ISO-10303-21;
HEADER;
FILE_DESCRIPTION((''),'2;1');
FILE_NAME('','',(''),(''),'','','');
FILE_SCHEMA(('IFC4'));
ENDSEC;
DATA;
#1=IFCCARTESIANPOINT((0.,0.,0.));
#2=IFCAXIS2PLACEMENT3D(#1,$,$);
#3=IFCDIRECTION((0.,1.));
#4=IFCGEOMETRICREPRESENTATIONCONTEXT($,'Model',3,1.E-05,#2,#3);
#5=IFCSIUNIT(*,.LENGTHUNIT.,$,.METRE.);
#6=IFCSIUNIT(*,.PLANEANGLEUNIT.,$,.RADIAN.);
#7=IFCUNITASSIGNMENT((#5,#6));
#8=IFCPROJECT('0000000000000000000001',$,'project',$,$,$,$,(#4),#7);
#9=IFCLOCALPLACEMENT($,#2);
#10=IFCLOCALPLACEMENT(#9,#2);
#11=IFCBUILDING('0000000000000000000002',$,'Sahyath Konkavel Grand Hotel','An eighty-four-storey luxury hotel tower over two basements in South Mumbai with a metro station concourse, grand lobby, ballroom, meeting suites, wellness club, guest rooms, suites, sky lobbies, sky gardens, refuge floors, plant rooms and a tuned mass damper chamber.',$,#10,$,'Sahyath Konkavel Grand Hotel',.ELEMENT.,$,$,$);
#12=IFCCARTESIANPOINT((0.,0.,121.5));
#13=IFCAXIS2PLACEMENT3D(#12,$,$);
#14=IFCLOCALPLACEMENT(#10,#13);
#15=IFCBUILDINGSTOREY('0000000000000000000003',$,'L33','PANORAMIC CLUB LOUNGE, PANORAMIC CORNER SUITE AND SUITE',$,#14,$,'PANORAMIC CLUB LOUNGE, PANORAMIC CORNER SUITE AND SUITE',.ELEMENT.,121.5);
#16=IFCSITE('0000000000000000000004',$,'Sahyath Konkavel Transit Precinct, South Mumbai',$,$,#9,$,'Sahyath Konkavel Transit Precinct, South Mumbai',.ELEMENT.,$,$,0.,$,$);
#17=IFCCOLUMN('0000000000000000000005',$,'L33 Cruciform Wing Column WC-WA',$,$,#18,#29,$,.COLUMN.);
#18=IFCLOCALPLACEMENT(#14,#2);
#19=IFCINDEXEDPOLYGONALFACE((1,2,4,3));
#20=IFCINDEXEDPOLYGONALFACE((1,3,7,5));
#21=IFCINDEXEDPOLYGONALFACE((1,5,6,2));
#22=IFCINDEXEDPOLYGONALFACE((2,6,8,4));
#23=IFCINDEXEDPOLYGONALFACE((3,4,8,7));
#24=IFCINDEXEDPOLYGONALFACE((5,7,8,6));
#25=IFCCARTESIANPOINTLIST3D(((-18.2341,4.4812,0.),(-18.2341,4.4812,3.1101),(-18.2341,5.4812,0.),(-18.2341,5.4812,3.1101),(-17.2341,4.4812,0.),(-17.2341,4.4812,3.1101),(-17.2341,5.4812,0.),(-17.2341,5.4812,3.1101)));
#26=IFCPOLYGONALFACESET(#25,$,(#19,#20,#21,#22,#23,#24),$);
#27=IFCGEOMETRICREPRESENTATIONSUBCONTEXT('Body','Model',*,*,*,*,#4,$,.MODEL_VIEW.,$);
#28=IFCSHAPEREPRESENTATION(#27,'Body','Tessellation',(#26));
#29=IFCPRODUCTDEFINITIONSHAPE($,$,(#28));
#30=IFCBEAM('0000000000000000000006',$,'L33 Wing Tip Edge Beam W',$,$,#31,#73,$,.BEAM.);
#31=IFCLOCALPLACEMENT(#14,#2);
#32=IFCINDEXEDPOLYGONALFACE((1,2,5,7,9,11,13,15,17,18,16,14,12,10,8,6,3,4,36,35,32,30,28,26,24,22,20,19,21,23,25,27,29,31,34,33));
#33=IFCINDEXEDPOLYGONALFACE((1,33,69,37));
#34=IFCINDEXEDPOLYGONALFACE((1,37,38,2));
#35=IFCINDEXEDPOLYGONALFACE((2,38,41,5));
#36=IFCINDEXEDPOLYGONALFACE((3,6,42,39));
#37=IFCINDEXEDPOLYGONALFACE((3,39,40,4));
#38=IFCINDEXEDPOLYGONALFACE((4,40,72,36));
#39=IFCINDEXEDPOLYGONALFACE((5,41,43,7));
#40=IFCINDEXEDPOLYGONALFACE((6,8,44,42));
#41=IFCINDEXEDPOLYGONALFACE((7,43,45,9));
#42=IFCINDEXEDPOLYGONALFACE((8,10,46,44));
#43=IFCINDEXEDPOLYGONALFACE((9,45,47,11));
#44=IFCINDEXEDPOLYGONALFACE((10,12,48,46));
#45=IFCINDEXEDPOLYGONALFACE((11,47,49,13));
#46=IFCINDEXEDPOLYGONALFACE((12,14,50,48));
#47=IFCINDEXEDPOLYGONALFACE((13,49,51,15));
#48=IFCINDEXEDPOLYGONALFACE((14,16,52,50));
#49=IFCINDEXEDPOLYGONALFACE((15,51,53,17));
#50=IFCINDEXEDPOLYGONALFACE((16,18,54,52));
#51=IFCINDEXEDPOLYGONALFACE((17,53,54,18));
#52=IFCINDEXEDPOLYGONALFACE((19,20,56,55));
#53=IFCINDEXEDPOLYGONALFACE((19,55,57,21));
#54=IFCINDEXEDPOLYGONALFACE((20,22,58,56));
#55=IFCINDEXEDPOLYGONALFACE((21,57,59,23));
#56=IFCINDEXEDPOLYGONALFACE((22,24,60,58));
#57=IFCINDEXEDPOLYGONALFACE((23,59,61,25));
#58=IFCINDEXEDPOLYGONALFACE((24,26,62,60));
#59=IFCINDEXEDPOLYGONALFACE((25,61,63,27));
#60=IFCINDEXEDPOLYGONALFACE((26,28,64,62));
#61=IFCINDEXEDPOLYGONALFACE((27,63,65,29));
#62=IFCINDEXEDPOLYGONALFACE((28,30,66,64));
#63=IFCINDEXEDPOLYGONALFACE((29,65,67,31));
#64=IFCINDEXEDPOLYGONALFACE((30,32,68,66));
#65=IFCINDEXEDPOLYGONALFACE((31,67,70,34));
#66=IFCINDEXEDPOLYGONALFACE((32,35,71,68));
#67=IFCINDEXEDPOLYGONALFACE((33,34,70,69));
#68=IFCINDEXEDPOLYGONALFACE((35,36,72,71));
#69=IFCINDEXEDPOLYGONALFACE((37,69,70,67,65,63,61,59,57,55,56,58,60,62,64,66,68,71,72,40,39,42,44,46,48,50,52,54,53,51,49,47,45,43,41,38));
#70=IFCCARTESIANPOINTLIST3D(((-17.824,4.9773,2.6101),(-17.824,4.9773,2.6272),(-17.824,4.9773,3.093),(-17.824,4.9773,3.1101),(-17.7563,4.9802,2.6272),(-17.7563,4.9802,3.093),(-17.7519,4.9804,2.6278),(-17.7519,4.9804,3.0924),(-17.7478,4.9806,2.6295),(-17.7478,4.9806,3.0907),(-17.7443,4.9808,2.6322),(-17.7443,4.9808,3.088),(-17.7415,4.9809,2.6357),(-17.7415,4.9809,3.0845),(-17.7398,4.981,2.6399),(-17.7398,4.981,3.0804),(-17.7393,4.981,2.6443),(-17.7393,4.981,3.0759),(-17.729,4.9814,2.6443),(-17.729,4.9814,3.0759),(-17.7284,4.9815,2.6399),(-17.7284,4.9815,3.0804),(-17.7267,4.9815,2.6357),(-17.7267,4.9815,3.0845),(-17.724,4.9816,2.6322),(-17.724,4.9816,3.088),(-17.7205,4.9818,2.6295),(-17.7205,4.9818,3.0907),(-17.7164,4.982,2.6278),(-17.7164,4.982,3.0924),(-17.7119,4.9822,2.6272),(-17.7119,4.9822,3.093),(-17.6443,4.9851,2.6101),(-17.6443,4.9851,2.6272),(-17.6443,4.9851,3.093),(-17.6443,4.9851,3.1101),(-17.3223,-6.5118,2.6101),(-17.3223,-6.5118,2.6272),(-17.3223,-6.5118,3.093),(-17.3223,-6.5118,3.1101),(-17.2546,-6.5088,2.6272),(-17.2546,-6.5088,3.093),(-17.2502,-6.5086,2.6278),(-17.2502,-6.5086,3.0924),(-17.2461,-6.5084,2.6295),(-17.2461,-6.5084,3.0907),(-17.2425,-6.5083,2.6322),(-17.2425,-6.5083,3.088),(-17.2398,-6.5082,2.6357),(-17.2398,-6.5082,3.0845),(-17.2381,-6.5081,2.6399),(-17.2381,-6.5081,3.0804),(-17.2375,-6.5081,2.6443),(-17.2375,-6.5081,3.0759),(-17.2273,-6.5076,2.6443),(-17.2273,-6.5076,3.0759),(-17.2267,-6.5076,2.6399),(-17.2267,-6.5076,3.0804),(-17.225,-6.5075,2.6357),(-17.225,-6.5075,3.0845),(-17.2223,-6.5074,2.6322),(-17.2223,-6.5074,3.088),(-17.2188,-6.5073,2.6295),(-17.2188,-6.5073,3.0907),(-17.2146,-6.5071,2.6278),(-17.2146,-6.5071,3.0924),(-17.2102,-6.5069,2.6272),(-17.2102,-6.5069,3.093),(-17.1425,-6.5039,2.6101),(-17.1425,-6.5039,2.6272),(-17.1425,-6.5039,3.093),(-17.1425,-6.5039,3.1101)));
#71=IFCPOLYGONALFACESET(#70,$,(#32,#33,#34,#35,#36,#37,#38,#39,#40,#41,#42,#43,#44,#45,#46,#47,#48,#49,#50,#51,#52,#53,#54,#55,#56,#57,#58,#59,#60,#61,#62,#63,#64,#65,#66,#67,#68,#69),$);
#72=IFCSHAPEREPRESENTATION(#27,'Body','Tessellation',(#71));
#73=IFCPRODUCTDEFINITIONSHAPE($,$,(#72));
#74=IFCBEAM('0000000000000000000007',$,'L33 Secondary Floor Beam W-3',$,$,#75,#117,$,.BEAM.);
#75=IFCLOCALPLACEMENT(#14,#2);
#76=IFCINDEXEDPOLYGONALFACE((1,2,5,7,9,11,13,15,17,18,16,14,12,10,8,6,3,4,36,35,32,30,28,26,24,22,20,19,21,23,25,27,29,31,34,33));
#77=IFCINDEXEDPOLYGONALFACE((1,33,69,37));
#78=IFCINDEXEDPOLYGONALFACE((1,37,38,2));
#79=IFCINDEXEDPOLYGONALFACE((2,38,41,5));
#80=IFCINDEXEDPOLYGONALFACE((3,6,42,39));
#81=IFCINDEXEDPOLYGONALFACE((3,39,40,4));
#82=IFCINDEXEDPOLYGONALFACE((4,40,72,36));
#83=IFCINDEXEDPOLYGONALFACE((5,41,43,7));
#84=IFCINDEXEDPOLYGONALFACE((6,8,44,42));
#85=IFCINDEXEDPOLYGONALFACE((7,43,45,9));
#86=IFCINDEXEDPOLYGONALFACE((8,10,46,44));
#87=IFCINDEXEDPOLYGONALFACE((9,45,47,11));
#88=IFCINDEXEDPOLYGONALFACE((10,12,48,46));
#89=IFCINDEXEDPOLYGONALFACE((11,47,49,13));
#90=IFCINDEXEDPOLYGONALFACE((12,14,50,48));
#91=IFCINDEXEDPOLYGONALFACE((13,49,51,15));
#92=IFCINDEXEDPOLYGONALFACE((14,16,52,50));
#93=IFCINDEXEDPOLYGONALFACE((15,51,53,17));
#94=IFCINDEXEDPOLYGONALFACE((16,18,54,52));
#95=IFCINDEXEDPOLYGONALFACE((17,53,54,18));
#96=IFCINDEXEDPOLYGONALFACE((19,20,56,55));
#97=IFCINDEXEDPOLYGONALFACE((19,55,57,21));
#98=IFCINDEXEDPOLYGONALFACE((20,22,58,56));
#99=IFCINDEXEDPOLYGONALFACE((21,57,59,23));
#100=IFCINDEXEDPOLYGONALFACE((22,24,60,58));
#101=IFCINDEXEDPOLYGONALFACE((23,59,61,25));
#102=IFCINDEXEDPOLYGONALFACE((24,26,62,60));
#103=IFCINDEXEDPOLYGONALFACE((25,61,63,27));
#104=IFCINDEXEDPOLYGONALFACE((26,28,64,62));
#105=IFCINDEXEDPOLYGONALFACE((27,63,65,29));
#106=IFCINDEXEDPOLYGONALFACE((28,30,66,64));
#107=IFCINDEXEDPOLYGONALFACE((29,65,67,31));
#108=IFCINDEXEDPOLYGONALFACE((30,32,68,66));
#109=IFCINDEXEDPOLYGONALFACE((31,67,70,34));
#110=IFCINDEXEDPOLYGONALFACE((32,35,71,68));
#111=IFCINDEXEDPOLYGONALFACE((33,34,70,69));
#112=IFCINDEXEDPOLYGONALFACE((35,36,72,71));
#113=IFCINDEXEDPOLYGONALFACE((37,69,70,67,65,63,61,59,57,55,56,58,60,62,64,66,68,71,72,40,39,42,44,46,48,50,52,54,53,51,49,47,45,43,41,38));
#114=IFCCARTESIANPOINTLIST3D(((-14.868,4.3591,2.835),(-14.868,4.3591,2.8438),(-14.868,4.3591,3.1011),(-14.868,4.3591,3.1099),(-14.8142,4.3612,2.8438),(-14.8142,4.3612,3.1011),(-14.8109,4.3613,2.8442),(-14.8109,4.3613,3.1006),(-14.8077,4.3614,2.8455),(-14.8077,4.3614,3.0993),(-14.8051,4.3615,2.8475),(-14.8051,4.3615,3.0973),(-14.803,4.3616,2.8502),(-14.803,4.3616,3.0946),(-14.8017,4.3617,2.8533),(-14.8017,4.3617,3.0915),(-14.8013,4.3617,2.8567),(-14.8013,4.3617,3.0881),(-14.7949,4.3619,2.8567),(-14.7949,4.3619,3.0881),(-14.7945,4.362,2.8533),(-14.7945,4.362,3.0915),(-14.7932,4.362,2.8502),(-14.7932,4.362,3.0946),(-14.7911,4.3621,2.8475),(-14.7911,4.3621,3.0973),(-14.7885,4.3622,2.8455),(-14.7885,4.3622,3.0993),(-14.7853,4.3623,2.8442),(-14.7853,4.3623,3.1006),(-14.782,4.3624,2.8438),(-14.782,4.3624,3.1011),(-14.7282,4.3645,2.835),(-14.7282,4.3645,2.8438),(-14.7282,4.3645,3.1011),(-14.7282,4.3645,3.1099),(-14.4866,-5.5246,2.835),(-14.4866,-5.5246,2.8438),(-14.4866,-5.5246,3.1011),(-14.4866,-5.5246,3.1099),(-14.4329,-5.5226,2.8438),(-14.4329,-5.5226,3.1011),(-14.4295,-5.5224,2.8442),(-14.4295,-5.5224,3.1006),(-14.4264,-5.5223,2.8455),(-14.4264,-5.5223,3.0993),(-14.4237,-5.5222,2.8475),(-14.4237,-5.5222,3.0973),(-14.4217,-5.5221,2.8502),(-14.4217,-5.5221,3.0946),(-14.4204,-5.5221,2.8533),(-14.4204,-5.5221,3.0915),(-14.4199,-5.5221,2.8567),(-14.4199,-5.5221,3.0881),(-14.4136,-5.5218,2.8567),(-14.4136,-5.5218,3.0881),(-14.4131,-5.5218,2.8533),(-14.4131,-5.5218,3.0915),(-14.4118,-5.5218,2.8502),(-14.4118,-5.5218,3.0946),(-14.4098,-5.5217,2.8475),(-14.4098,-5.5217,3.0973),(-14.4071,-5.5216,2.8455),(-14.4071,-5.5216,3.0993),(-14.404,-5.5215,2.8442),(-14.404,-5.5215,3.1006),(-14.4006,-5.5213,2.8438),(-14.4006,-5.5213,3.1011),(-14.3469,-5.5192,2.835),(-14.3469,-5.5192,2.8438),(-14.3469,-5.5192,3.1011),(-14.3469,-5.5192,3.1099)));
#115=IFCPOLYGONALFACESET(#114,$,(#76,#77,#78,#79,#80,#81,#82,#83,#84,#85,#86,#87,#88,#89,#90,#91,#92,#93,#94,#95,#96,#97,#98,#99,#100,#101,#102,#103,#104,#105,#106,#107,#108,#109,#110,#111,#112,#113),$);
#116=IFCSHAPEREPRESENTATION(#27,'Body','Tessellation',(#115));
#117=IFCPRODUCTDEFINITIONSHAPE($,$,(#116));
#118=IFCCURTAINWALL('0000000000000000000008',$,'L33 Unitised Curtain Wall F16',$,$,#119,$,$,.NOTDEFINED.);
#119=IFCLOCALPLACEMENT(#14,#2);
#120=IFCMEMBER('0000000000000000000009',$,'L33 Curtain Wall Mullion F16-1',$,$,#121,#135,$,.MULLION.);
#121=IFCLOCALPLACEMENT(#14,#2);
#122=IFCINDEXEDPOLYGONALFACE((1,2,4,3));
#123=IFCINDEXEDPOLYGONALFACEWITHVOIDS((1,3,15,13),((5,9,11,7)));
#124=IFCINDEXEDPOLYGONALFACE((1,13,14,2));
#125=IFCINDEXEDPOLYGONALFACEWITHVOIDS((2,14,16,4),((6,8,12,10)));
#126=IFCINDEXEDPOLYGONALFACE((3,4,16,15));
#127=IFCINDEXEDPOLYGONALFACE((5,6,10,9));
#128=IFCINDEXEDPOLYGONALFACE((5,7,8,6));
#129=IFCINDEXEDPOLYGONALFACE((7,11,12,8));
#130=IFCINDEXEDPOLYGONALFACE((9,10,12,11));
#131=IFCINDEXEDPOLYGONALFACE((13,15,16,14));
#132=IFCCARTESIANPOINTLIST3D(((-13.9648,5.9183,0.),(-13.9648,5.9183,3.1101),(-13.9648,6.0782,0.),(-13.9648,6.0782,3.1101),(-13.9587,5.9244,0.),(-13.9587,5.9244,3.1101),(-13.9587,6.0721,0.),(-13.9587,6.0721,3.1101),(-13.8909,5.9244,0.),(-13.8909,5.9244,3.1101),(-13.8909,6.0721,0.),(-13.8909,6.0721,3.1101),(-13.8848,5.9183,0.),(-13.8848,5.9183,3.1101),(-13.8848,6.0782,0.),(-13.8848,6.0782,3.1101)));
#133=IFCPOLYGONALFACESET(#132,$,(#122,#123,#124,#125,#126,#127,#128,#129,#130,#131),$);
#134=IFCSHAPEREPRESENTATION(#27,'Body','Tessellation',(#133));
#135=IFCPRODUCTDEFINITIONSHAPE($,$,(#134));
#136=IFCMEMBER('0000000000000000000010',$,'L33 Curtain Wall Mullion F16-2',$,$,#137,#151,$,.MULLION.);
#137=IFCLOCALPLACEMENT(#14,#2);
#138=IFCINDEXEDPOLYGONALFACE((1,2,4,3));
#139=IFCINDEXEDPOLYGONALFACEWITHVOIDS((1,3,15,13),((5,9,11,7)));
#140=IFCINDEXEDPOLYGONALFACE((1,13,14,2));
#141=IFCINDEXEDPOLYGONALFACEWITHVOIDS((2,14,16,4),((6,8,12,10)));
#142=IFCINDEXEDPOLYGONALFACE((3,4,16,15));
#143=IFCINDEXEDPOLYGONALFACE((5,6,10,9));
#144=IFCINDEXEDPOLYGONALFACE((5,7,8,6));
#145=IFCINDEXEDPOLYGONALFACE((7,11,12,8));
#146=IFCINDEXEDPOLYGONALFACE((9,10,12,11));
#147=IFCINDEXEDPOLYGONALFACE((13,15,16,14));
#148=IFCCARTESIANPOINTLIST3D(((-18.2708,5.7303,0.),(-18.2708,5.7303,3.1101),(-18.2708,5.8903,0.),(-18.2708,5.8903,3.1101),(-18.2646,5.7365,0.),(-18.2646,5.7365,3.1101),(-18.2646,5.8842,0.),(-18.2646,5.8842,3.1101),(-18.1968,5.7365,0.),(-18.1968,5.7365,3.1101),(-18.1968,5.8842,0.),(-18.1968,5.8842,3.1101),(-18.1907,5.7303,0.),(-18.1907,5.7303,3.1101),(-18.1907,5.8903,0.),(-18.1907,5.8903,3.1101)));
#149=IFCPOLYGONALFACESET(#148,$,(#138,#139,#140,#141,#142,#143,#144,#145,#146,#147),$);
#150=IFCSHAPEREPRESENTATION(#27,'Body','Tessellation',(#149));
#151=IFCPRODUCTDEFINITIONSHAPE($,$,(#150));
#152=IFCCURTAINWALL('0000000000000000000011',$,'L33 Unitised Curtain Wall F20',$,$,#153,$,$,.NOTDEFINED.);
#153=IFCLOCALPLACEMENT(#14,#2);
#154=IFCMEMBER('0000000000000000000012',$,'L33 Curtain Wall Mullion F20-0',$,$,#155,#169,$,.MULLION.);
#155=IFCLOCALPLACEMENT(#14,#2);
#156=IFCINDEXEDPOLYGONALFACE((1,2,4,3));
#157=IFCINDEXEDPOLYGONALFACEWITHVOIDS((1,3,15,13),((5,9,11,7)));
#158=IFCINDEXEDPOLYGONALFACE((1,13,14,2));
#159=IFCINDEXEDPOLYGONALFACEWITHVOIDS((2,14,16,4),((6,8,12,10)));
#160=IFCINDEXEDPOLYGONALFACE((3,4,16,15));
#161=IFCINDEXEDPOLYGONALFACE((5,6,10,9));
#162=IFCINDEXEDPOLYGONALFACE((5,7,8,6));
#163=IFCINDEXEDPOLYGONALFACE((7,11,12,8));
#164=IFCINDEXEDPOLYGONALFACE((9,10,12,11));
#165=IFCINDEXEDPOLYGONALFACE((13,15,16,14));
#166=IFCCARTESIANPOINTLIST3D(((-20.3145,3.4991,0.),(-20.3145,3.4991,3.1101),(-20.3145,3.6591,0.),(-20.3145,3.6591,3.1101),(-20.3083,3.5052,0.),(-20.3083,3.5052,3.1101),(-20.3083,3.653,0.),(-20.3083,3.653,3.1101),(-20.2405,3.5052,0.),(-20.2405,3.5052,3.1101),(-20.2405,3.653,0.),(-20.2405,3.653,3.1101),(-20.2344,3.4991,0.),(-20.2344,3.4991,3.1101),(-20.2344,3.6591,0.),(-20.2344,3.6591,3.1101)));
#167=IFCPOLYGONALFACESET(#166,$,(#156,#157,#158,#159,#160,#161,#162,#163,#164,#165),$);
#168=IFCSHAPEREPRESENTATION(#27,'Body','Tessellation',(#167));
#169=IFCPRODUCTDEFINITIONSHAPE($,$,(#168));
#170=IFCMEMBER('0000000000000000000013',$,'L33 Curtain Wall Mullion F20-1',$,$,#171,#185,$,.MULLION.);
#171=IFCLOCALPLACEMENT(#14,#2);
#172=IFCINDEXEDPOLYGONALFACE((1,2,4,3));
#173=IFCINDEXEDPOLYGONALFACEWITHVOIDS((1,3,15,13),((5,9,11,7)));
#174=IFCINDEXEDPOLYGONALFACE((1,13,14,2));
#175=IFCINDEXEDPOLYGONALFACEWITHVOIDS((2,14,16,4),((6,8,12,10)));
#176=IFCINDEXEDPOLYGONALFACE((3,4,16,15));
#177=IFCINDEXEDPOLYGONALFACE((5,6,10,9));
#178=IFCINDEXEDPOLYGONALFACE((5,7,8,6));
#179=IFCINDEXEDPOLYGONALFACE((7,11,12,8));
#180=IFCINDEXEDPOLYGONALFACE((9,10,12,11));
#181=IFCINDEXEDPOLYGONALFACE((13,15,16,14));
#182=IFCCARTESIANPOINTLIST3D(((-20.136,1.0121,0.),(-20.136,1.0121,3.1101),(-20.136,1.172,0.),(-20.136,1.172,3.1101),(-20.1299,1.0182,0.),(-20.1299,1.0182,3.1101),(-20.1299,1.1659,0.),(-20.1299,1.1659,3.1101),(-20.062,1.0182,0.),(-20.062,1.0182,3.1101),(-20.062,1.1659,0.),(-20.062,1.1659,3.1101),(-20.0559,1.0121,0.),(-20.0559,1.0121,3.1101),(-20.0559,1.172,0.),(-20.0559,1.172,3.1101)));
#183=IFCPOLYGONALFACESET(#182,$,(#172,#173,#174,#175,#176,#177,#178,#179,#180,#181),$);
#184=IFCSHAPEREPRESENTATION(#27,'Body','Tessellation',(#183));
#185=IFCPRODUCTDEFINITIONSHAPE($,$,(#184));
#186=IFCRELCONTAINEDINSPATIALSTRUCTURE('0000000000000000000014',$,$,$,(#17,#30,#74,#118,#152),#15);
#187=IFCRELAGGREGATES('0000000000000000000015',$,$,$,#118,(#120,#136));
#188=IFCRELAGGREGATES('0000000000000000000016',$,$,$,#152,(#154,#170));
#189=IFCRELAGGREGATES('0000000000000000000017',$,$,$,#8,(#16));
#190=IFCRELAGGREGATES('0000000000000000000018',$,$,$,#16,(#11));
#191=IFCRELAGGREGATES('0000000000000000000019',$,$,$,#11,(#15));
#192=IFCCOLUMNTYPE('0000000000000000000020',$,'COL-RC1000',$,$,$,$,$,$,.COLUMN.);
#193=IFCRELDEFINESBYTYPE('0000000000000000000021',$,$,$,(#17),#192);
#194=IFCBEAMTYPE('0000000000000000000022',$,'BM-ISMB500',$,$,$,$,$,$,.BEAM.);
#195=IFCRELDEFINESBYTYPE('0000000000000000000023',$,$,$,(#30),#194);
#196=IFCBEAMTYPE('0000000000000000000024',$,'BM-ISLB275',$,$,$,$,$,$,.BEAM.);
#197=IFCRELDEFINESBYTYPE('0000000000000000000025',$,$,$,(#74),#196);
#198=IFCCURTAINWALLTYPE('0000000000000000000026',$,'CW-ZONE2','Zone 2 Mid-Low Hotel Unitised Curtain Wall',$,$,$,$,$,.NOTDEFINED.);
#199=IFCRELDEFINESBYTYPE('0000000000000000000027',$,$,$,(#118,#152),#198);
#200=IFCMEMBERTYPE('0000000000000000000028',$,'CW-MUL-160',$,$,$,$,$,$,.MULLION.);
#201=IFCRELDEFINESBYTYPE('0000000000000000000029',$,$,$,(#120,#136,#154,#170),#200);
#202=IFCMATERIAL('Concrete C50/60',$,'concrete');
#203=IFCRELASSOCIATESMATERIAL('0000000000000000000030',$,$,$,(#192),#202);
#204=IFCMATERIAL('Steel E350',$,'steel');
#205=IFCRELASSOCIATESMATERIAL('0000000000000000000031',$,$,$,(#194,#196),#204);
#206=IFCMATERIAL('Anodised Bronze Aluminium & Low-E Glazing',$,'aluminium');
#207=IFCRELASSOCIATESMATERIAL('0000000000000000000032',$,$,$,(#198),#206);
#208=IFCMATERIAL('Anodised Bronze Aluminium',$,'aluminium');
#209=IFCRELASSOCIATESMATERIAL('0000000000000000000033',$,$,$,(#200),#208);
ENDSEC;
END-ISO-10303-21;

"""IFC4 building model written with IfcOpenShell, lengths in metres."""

from ifc_helpers import new_model, si_unit, direction, frame, origin, origin_2d, place, context, subcontext, project, spatial, rectangle, hollow_rectangle, i_section, extrude, source, transform, mapped, material, material_profile, profile_set, type_object, element, aggregate, save


model = new_model("IFC4")

# Units and contexts
model_context = context("Model", 3, precision=1e-05, world=origin(), true_north=direction((0.0, 1.0)))
body_context = subcontext(model_context, "Body", "Model", "MODEL_VIEW")
ifc_project = project(units=[si_unit("LENGTHUNIT", "METRE"), si_unit("PLANEANGLEUNIT", "RADIAN")], contexts=[model_context])

# Site, building, storey
site_placement = place(None, origin())
site = spatial("IfcSite", under=ifc_project, at=site_placement, Name="Sahyath Konkavel Transit Precinct, South Mumbai", LongName="Sahyath Konkavel Transit Precinct, South Mumbai", CompositionType="ELEMENT", RefElevation=0.0)
building_placement = place(site_placement, origin())
building = spatial("IfcBuilding", under=site, at=building_placement, Name="Sahyath Konkavel Grand Hotel", Description="An eighty-four-storey luxury hotel tower over two basements in South Mumbai with a metro station concourse, grand lobby, ballroom, meeting suites, wellness club, guest rooms, suites, sky lobbies, sky gardens, refuge floors, plant rooms and a tuned mass damper chamber.", LongName="Sahyath Konkavel Grand Hotel", CompositionType="ELEMENT")
storey_placement = place(building_placement, frame((0.0, 0.0, 121.5)))
storey = spatial("IfcBuildingStorey", under=building, at=storey_placement, Name="L33", Description="PANORAMIC CLUB LOUNGE, PANORAMIC CORNER SUITE AND SUITE", LongName="PANORAMIC CLUB LOUNGE, PANORAMIC CORNER SUITE AND SUITE", CompositionType="ELEMENT", Elevation=121.5)

# Column
ifc_material_1 = material(Name="Concrete C50/60", Category="concrete")
ifc_material_profile_1 = material_profile(ifc_material_1, rectangle(XDim=1.0, YDim=1.0, at=origin_2d()), Name="RC 1000x1000")
ifc_profile_set_1 = profile_set([ifc_material_profile_1], Name="Concrete C50/60")
column_type = type_object("IfcColumnType", Name="COL-RC1000", PredefinedType="COLUMN", material=ifc_profile_set_1)
shared_shape_1 = source(origin(), body_context, "Body", "SweptSolid", [
    extrude(rectangle(XDim=1.0, YDim=1.0, at=origin_2d()), origin(), (0.0, 0.0, 1.0), 3.1101),
])
column_placement = place(storey_placement, frame((-17.7341, 4.9812, 0.0), z_axis=(0.0, 0.0, 1.0), x_axis=(1.0, 0.0, 0.0)))
element("IfcColumn", 1, at=column_placement, inside=storey, type_object=column_type, Name="L33 Cruciform Wing Column WC-WA", PredefinedType="COLUMN", context=body_context, shape_type="MappedRepresentation", body=[
    mapped(shared_shape_1, transform((0.0, 0.0, 0.0), scale=1.0)),
])

# Beams
ifc_material_2 = material(Name="Steel E350", Category="steel")
ifc_material_profile_2 = material_profile(ifc_material_2, i_section(OverallWidth=0.1799, OverallDepth=0.5, WebThickness=0.0103, FlangeThickness=0.0171, FilletRadius=0.0171, at=origin_2d()), Name="ISMB 500")
ifc_profile_set_2 = profile_set([ifc_material_profile_2], Name="Steel E350")
beam_type_1 = type_object("IfcBeamType", Name="BM-ISMB500", PredefinedType="BEAM", material=ifc_profile_set_2)
shared_shape_2 = source(origin(), body_context, "Body", "SweptSolid", [
    extrude(i_section(OverallWidth=0.1799, OverallDepth=0.5, WebThickness=0.0103, FlangeThickness=0.0171, FilletRadius=0.0171, at=origin_2d()), origin(), (0.0, 0.0, 1.0), 11.5),
])
beam_1_placement = place(storey_placement, frame((-17.7341, 4.9812, 2.8601), z_axis=(0.043627, -0.999048, 0.0), x_axis=(0.999048, 0.043627, 0.0)))
element("IfcBeam", 2, at=beam_1_placement, inside=storey, type_object=beam_type_1, Name="L33 Wing Tip Edge Beam W", PredefinedType="BEAM", context=body_context, shape_type="MappedRepresentation", body=[
    mapped(shared_shape_2, transform((0.0, 0.0, 0.0), scale=1.0)),
])
ifc_material_profile_3 = material_profile(ifc_material_2, i_section(OverallWidth=0.1399, OverallDepth=0.2749, WebThickness=0.0063, FlangeThickness=0.0088, FilletRadius=0.0129, at=origin_2d()), Name="ISLB 275")
ifc_profile_set_3 = profile_set([ifc_material_profile_3], Name="Steel E350")
beam_type_2 = type_object("IfcBeamType", Name="BM-ISLB275", PredefinedType="BEAM", material=ifc_profile_set_3)
shared_shape_3 = source(origin(), body_context, "Body", "SweptSolid", [
    extrude(i_section(OverallWidth=0.1399, OverallDepth=0.2749, WebThickness=0.0063, FlangeThickness=0.0088, FilletRadius=0.0129, at=origin_2d()), origin(), (0.0, 0.0, 1.0), 9.8911),
])
beam_2_placement = place(storey_placement, frame((-14.7981, 4.3618, 2.9724), z_axis=(0.038554, -0.999257, 0.0), x_axis=(0.999257, 0.038554, 0.0)))
element("IfcBeam", 3, at=beam_2_placement, inside=storey, type_object=beam_type_2, Name="L33 Secondary Floor Beam W-3", PredefinedType="BEAM", context=body_context, shape_type="MappedRepresentation", body=[
    mapped(shared_shape_3, transform((0.0, 0.0, 0.0), scale=1.0)),
])

# Curtain walls, members
ifc_material_3 = material(Name="Anodised Bronze Aluminium & Low-E Glazing", Category="aluminium")
curtain_wall_type = type_object("IfcCurtainWallType", Name="CW-ZONE2", Description="Zone 2 Mid-Low Hotel Unitised Curtain Wall", PredefinedType="NOTDEFINED", material=ifc_material_3)
curtain_wall_1_placement = place(storey_placement, origin())
curtain_wall_1 = element("IfcCurtainWall", 4, at=curtain_wall_1_placement, inside=storey, type_object=curtain_wall_type, Name="L33 Unitised Curtain Wall F16", PredefinedType="NOTDEFINED")
ifc_material_4 = material(Name="Anodised Bronze Aluminium", Category="aluminium")
ifc_material_profile_4 = material_profile(ifc_material_4, hollow_rectangle(XDim=0.0801, YDim=0.1599, WallThickness=0.0061, at=origin_2d()), Name="RHS 160x80x6")
ifc_profile_set_4 = profile_set([ifc_material_profile_4], Name="Anodised Bronze Aluminium")
member_type_1 = type_object("IfcMemberType", Name="CW-MUL-160", PredefinedType="MULLION", material=ifc_profile_set_4)
shared_shape_4 = source(origin(), body_context, "Body", "SweptSolid", [
    extrude(hollow_rectangle(XDim=0.0801, YDim=0.1599, WallThickness=0.0061, at=origin_2d()), origin(), (0.0, 0.0, 1.0), 3.1101),
])
member_1_placement = place(storey_placement, frame((-13.9248, 5.9983, 0.0), z_axis=(0.0, 0.0, 1.0), x_axis=(1.0, 0.0, 0.0)))
member_1 = element("IfcMember", 5, at=member_1_placement, type_object=member_type_1, Name="L33 Curtain Wall Mullion F16-1", PredefinedType="MULLION", context=body_context, shape_type="MappedRepresentation", body=[
    mapped(shared_shape_4, transform((0.0, 0.0, 0.0), scale=1.0)),
])
member_2_placement = place(storey_placement, frame((-18.2307, 5.8103, 0.0), z_axis=(0.0, 0.0, 1.0), x_axis=(1.0, 0.0, 0.0)))
member_2 = element("IfcMember", 6, at=member_2_placement, type_object=member_type_1, Name="L33 Curtain Wall Mullion F16-2", PredefinedType="MULLION", context=body_context, shape_type="MappedRepresentation", body=[
    mapped(shared_shape_4, transform((0.0, 0.0, 0.0), scale=1.0)),
])
curtain_wall_2_placement = place(storey_placement, origin())
curtain_wall_2 = element("IfcCurtainWall", 7, at=curtain_wall_2_placement, inside=storey, type_object=curtain_wall_type, Name="L33 Unitised Curtain Wall F20", PredefinedType="NOTDEFINED")
member_3_placement = place(storey_placement, frame((-20.2744, 3.5791, 0.0), z_axis=(0.0, 0.0, 1.0), x_axis=(1.0, 0.0, 0.0)))
member_3 = element("IfcMember", 8, at=member_3_placement, type_object=member_type_1, Name="L33 Curtain Wall Mullion F20-0", PredefinedType="MULLION", context=body_context, shape_type="MappedRepresentation", body=[
    mapped(shared_shape_4, transform((0.0, 0.0, 0.0), scale=1.0)),
])
member_4_placement = place(storey_placement, frame((-20.0959, 1.092, 0.0), z_axis=(0.0, 0.0, 1.0), x_axis=(1.0, 0.0, 0.0)))
member_4 = element("IfcMember", 9, at=member_4_placement, type_object=member_type_1, Name="L33 Curtain Wall Mullion F20-1", PredefinedType="MULLION", context=body_context, shape_type="MappedRepresentation", body=[
    mapped(shared_shape_4, transform((0.0, 0.0, 0.0), scale=1.0)),
])

aggregate(curtain_wall_1, [member_1, member_2])
aggregate(curtain_wall_2, [member_3, member_4])

save(model, "model.ifc")
